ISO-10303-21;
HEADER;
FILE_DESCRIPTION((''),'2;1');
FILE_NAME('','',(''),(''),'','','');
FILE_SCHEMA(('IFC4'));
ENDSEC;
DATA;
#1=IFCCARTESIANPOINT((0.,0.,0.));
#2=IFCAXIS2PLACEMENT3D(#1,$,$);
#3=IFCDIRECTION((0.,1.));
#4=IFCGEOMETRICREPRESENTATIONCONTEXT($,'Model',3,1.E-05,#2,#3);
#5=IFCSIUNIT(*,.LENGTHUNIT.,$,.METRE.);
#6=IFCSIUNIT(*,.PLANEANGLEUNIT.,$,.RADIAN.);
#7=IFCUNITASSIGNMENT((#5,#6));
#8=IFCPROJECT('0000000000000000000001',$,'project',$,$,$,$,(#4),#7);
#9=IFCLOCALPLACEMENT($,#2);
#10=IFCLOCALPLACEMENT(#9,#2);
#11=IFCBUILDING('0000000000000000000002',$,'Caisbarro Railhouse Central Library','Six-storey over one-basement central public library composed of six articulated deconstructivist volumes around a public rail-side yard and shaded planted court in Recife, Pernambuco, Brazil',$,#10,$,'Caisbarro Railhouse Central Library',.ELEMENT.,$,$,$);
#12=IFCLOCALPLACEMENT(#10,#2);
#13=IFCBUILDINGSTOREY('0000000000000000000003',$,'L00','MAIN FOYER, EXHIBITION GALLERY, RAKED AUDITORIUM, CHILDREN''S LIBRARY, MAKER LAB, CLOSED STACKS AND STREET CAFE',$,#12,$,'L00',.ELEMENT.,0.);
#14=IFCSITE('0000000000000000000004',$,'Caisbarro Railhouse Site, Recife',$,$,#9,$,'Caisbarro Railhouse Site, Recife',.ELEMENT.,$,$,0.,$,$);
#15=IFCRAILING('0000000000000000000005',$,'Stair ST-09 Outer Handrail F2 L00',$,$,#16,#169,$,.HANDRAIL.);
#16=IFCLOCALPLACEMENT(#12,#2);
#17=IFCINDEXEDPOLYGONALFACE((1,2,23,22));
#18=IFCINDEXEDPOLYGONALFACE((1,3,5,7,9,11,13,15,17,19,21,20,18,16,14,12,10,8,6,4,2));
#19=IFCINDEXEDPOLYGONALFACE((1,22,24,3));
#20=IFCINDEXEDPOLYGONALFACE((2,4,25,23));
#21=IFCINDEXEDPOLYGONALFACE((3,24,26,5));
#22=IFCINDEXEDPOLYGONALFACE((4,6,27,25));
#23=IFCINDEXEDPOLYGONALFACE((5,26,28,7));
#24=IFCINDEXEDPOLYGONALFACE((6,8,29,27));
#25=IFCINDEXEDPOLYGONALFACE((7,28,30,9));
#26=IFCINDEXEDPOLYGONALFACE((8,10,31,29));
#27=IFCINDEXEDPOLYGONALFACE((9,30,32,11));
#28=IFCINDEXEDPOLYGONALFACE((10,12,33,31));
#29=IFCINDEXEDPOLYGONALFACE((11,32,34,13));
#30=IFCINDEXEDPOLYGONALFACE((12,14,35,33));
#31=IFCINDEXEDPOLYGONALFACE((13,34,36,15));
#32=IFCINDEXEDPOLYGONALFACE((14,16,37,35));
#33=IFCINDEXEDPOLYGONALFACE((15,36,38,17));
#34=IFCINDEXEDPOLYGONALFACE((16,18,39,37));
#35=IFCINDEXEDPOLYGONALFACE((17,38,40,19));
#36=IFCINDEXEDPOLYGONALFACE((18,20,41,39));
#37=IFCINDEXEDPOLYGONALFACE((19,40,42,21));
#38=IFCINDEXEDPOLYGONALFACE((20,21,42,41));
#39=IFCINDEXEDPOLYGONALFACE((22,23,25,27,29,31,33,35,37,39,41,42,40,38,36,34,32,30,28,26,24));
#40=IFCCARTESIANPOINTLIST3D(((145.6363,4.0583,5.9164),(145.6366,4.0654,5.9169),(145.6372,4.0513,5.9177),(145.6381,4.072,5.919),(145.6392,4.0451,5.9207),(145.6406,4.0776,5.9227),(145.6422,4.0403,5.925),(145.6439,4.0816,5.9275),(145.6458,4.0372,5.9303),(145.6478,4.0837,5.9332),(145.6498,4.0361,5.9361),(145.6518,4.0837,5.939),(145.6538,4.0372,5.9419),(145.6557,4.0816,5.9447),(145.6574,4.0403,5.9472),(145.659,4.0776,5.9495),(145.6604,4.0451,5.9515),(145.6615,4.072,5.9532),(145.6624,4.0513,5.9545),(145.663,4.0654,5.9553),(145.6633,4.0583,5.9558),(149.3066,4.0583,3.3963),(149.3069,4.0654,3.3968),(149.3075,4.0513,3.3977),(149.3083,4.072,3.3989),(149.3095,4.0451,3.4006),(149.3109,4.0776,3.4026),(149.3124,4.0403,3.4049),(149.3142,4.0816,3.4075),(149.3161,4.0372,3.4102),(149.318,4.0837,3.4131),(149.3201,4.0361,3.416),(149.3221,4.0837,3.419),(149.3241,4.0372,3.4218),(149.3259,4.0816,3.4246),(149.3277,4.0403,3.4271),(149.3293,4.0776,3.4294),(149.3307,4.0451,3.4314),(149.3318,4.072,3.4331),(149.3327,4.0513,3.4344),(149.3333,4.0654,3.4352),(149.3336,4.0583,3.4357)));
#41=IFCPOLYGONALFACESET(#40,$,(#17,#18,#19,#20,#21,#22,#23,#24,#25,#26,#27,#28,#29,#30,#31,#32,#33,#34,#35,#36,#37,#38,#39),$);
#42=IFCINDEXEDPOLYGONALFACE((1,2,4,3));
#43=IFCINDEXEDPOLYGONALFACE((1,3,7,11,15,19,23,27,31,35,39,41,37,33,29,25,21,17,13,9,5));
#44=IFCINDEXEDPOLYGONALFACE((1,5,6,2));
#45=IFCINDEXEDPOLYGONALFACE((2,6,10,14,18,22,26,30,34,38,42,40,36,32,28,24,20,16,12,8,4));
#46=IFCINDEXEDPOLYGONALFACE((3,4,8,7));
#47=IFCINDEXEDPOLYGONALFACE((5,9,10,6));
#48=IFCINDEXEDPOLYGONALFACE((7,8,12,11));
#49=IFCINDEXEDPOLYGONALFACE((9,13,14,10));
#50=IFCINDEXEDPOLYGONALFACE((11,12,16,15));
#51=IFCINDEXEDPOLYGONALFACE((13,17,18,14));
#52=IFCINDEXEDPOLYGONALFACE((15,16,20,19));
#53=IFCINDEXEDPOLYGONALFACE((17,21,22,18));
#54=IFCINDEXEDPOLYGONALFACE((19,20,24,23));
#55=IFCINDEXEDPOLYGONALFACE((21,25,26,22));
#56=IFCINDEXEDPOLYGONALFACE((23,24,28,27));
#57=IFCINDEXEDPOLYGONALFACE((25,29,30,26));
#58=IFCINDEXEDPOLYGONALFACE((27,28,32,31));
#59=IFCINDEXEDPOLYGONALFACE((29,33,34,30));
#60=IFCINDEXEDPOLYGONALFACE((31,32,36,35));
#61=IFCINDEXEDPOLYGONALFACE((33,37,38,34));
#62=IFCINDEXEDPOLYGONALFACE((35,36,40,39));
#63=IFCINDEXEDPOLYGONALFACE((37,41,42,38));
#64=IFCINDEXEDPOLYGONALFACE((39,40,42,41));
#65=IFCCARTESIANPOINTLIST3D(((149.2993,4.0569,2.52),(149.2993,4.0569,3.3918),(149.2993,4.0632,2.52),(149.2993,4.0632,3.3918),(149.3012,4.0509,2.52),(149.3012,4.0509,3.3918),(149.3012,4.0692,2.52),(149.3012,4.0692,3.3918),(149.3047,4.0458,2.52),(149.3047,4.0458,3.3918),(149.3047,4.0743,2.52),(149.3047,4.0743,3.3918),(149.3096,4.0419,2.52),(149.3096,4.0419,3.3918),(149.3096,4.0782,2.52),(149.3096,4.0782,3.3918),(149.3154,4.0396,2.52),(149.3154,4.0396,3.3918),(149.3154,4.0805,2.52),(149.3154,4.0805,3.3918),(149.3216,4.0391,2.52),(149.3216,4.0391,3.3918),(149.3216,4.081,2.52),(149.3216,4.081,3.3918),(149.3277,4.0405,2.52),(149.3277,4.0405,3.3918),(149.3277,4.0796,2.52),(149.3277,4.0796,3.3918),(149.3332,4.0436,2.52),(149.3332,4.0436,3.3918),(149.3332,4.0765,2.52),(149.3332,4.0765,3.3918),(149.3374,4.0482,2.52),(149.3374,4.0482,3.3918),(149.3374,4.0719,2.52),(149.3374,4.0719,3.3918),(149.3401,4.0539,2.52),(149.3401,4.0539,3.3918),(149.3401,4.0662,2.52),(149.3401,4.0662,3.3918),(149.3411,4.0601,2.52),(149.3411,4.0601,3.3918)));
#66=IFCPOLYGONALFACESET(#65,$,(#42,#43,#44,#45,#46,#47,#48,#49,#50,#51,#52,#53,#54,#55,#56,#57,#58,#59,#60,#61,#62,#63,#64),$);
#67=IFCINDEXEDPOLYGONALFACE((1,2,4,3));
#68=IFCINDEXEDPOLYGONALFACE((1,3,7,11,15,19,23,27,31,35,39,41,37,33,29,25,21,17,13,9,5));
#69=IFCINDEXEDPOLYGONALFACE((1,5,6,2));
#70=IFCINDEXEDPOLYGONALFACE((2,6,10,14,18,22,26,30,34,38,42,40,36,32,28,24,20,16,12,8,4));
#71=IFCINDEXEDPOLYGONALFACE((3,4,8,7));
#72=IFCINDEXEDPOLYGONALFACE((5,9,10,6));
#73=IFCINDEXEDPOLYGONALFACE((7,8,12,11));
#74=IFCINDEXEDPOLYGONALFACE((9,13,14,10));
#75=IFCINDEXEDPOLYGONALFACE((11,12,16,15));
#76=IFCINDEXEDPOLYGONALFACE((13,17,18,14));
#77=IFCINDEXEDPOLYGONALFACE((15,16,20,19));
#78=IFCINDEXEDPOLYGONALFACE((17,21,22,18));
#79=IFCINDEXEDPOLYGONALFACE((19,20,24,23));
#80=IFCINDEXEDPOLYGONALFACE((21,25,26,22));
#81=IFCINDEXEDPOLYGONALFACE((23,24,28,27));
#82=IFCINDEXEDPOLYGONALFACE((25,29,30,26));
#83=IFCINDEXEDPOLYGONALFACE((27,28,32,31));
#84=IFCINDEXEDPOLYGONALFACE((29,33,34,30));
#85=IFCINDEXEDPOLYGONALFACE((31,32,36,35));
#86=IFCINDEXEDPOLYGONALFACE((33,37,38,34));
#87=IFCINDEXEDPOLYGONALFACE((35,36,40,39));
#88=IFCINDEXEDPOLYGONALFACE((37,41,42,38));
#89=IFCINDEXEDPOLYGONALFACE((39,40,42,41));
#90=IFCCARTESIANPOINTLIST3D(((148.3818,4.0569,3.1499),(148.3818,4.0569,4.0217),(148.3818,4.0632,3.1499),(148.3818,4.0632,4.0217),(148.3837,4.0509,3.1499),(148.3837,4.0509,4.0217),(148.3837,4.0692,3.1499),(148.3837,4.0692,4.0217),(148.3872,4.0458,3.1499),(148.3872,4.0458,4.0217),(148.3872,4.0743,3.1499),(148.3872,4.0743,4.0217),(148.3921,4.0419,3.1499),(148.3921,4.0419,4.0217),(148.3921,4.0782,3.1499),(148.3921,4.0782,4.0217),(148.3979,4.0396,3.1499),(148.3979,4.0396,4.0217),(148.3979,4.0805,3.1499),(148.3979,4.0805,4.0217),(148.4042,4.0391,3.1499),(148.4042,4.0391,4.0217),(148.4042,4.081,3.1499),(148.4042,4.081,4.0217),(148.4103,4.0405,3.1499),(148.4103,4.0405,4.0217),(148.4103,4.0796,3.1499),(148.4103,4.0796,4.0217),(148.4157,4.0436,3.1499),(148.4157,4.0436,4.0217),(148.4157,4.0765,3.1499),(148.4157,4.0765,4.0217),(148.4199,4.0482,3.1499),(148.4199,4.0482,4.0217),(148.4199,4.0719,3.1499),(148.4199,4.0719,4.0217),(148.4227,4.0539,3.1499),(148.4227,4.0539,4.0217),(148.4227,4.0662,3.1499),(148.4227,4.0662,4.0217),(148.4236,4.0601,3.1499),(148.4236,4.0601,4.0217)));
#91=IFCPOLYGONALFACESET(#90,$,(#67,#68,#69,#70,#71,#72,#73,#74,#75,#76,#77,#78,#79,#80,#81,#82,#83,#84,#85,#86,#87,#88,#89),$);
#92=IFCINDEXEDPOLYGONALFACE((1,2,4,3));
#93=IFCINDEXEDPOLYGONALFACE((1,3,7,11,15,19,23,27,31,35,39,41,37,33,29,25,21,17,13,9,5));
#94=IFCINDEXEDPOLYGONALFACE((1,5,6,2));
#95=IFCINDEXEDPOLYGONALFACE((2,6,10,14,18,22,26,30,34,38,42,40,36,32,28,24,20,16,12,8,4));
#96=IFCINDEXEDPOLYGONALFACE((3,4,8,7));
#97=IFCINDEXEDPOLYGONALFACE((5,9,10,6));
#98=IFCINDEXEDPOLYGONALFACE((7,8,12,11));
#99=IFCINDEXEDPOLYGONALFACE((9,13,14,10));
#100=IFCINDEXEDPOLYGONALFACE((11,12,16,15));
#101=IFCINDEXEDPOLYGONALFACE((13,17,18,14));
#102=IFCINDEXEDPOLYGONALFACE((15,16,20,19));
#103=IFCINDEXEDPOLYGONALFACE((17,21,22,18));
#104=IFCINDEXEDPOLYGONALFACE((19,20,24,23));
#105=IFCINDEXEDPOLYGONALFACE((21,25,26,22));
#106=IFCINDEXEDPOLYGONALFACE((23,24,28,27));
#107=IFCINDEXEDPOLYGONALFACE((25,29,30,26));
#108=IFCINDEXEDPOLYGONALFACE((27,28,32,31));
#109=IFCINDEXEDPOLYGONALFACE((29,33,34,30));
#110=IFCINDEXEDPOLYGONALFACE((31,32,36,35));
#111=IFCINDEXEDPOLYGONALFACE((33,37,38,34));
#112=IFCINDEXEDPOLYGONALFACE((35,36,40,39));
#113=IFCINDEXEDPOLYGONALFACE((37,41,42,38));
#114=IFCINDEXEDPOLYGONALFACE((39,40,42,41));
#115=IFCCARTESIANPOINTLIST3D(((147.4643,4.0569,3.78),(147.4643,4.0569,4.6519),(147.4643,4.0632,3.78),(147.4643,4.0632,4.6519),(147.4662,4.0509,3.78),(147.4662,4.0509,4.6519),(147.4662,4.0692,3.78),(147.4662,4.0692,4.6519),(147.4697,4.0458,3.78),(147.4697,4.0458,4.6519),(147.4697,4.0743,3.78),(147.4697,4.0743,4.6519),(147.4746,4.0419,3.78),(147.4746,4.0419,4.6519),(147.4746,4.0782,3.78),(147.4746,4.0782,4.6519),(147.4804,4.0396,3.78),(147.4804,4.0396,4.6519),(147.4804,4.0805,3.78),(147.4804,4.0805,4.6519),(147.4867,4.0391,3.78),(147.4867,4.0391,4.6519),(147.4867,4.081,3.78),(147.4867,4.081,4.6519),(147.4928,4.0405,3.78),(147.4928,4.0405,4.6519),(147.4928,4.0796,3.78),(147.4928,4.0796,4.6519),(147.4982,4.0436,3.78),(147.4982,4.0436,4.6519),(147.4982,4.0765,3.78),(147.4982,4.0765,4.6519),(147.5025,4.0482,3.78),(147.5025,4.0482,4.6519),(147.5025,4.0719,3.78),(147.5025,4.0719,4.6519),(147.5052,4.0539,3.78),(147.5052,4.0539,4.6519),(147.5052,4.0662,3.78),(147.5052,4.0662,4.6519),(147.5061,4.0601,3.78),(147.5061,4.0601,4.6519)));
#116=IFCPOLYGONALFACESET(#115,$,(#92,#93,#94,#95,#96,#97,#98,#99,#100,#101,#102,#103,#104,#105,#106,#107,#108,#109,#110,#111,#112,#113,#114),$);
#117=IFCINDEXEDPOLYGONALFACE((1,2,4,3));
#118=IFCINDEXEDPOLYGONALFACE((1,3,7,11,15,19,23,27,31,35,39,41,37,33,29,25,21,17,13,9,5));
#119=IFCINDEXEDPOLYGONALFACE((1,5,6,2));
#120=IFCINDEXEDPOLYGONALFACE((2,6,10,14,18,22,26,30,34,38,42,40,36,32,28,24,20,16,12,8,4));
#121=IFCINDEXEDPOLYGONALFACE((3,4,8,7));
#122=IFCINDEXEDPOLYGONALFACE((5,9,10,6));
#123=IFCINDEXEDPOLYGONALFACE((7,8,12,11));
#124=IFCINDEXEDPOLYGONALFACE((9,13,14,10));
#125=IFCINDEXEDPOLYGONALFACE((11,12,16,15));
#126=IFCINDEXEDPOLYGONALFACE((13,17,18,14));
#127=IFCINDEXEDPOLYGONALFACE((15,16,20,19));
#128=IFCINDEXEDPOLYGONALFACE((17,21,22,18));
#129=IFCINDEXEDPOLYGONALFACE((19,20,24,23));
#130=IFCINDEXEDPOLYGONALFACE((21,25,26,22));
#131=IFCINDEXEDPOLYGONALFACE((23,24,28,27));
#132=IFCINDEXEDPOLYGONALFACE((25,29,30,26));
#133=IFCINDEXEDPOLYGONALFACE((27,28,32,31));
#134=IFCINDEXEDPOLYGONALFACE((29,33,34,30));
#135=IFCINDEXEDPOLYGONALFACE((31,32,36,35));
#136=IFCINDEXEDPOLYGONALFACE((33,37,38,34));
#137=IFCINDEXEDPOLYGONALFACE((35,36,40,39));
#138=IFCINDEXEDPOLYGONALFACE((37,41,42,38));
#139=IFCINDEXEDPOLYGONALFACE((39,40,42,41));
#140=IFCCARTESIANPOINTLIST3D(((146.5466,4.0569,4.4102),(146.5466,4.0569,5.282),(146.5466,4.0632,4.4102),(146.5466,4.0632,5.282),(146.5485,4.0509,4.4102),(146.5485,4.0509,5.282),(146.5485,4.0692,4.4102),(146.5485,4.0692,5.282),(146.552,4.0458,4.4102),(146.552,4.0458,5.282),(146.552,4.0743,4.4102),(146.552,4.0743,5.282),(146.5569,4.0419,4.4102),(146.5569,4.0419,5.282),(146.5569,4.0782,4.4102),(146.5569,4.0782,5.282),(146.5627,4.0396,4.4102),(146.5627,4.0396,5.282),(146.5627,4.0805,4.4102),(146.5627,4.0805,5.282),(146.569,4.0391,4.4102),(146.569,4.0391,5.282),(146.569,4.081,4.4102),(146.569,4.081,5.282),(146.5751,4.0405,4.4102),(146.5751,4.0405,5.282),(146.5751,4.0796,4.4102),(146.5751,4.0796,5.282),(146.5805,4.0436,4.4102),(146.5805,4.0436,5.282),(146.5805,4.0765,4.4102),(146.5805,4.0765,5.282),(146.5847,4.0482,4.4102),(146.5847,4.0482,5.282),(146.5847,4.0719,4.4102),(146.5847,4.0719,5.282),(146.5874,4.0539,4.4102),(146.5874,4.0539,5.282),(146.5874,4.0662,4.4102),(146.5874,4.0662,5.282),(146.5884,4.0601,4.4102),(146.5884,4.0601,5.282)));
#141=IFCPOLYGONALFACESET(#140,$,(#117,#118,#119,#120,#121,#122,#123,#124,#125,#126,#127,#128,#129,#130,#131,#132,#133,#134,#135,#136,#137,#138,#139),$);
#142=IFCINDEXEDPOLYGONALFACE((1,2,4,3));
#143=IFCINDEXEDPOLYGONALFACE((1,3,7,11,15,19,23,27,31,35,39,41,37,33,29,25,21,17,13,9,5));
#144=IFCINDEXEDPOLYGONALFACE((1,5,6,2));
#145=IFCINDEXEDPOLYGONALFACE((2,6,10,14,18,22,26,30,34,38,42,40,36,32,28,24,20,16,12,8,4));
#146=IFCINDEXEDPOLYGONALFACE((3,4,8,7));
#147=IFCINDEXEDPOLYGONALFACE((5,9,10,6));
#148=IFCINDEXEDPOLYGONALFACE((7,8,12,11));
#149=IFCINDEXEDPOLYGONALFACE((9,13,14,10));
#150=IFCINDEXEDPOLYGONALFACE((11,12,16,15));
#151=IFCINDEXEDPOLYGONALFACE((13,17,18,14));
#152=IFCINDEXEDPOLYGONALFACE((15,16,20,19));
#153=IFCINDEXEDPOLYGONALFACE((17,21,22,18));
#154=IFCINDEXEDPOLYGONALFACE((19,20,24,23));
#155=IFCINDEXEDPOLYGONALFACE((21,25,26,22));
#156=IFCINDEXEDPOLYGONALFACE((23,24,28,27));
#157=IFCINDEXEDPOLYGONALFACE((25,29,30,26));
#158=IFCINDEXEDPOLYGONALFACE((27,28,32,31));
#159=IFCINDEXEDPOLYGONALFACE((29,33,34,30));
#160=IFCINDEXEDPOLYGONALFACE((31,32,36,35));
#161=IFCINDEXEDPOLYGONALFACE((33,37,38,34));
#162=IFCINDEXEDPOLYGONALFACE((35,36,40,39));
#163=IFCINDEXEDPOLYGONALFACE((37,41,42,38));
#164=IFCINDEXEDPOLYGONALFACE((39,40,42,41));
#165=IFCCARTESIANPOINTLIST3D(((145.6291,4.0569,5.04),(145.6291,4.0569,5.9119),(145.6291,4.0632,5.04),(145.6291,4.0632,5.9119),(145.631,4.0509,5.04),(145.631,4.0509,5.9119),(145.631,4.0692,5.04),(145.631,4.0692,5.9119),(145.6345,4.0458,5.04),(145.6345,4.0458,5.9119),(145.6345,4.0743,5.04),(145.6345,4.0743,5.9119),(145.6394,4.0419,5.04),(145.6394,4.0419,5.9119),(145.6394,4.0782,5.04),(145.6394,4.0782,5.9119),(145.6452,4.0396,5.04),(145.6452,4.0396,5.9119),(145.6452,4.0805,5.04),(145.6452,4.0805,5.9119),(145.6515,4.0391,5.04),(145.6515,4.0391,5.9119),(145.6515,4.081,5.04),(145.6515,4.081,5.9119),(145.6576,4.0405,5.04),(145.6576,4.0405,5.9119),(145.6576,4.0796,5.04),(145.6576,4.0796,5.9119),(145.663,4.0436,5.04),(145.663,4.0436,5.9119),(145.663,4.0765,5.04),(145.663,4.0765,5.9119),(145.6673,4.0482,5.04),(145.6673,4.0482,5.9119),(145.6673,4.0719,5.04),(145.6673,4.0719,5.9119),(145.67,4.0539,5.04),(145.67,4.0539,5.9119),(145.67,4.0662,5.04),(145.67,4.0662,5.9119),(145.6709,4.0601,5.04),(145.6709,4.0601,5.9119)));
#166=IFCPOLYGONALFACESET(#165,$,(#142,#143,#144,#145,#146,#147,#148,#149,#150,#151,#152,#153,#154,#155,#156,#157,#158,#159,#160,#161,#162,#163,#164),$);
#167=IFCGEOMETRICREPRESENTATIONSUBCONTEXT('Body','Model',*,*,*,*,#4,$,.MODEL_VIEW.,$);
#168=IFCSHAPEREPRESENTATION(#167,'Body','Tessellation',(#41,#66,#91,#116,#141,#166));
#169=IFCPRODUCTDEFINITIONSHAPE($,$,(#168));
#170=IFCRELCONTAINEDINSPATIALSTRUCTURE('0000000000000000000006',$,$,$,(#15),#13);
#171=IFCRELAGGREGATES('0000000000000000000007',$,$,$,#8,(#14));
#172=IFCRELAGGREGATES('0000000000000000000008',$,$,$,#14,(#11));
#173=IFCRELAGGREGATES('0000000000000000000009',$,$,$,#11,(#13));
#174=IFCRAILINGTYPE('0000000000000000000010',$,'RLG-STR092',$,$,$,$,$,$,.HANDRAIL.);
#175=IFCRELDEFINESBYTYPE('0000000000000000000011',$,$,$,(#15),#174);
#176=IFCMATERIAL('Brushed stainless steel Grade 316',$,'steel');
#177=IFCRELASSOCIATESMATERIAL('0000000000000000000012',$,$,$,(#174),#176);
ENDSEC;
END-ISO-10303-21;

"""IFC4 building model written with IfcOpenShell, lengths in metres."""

from ifc_helpers import new_model, si_unit, direction, frame, origin, origin_2d, place, context, subcontext, project, spatial, circle, extrude, material, type_object, element, save


model = new_model("IFC4")

# Units and contexts
model_context = context("Model", 3, precision=1e-05, world=origin(), true_north=direction((0.0, 1.0)))
body_context = subcontext(model_context, "Body", "Model", "MODEL_VIEW")
ifc_project = project(units=[si_unit("LENGTHUNIT", "METRE"), si_unit("PLANEANGLEUNIT", "RADIAN")], contexts=[model_context])

# Site, building, storey
site_placement = place(None, origin())
site = spatial("IfcSite", under=ifc_project, at=site_placement, Name="Caisbarro Railhouse Site, Recife", LongName="Caisbarro Railhouse Site, Recife", CompositionType="ELEMENT", RefElevation=0.0)
building_placement = place(site_placement, origin())
building = spatial("IfcBuilding", under=site, at=building_placement, Name="Caisbarro Railhouse Central Library", Description="Six-storey over one-basement central public library composed of six articulated deconstructivist volumes around a public rail-side yard and shaded planted court in Recife, Pernambuco, Brazil", LongName="Caisbarro Railhouse Central Library", CompositionType="ELEMENT")
storey_placement = place(building_placement, origin())
storey = spatial("IfcBuildingStorey", under=building, at=storey_placement, Name="L00", Description="MAIN FOYER, EXHIBITION GALLERY, RAKED AUDITORIUM, CHILDREN'S LIBRARY, MAKER LAB, CLOSED STACKS AND STREET CAFE", LongName="L00", CompositionType="ELEMENT", Elevation=0.0)

# Railing
ifc_material_1 = material(Name="Brushed stainless steel Grade 316", Category="steel")
railing_type_1 = type_object("IfcRailingType", Name="RLG-STR092", PredefinedType="HANDRAIL", material=ifc_material_1)
railing_1_placement = place(storey_placement, frame((149.3201, 4.0601, 2.52)))
element("IfcRailing", 1, at=railing_1_placement, inside=storey, type_object=railing_type_1, Name="Stair ST-09 Outer Handrail F2 L00", PredefinedType="HANDRAIL", context=body_context, shape_type="SweptSolid", body=[
    extrude(circle(Radius=0.0239, at=origin_2d()), frame((0.0, 0.0, 0.896), z_axis=(-0.824379, 0.0, 0.566038), x_axis=(0.0, -1.0, 0.0)), (0.0, 0.0, 1.0), 4.4521),
    extrude(circle(Radius=0.021, at=origin_2d()), origin(), (0.0, 0.0, 1.0), 0.8718),
    extrude(circle(Radius=0.021, at=origin_2d()), frame((-0.9175, 0.0, 0.6299)), (0.0, 0.0, 1.0), 0.8718),
    extrude(circle(Radius=0.021, at=origin_2d()), frame((-1.835, 0.0, 1.26)), (0.0, 0.0, 1.0), 0.8718),
    extrude(circle(Radius=0.021, at=origin_2d()), frame((-2.7527, 0.0, 1.8901)), (0.0, 0.0, 1.0), 0.8718),
    extrude(circle(Radius=0.021, at=origin_2d()), frame((-3.6702, 0.0, 2.52)), (0.0, 0.0, 1.0), 0.8718),
])

save(model, "model.ifc")
